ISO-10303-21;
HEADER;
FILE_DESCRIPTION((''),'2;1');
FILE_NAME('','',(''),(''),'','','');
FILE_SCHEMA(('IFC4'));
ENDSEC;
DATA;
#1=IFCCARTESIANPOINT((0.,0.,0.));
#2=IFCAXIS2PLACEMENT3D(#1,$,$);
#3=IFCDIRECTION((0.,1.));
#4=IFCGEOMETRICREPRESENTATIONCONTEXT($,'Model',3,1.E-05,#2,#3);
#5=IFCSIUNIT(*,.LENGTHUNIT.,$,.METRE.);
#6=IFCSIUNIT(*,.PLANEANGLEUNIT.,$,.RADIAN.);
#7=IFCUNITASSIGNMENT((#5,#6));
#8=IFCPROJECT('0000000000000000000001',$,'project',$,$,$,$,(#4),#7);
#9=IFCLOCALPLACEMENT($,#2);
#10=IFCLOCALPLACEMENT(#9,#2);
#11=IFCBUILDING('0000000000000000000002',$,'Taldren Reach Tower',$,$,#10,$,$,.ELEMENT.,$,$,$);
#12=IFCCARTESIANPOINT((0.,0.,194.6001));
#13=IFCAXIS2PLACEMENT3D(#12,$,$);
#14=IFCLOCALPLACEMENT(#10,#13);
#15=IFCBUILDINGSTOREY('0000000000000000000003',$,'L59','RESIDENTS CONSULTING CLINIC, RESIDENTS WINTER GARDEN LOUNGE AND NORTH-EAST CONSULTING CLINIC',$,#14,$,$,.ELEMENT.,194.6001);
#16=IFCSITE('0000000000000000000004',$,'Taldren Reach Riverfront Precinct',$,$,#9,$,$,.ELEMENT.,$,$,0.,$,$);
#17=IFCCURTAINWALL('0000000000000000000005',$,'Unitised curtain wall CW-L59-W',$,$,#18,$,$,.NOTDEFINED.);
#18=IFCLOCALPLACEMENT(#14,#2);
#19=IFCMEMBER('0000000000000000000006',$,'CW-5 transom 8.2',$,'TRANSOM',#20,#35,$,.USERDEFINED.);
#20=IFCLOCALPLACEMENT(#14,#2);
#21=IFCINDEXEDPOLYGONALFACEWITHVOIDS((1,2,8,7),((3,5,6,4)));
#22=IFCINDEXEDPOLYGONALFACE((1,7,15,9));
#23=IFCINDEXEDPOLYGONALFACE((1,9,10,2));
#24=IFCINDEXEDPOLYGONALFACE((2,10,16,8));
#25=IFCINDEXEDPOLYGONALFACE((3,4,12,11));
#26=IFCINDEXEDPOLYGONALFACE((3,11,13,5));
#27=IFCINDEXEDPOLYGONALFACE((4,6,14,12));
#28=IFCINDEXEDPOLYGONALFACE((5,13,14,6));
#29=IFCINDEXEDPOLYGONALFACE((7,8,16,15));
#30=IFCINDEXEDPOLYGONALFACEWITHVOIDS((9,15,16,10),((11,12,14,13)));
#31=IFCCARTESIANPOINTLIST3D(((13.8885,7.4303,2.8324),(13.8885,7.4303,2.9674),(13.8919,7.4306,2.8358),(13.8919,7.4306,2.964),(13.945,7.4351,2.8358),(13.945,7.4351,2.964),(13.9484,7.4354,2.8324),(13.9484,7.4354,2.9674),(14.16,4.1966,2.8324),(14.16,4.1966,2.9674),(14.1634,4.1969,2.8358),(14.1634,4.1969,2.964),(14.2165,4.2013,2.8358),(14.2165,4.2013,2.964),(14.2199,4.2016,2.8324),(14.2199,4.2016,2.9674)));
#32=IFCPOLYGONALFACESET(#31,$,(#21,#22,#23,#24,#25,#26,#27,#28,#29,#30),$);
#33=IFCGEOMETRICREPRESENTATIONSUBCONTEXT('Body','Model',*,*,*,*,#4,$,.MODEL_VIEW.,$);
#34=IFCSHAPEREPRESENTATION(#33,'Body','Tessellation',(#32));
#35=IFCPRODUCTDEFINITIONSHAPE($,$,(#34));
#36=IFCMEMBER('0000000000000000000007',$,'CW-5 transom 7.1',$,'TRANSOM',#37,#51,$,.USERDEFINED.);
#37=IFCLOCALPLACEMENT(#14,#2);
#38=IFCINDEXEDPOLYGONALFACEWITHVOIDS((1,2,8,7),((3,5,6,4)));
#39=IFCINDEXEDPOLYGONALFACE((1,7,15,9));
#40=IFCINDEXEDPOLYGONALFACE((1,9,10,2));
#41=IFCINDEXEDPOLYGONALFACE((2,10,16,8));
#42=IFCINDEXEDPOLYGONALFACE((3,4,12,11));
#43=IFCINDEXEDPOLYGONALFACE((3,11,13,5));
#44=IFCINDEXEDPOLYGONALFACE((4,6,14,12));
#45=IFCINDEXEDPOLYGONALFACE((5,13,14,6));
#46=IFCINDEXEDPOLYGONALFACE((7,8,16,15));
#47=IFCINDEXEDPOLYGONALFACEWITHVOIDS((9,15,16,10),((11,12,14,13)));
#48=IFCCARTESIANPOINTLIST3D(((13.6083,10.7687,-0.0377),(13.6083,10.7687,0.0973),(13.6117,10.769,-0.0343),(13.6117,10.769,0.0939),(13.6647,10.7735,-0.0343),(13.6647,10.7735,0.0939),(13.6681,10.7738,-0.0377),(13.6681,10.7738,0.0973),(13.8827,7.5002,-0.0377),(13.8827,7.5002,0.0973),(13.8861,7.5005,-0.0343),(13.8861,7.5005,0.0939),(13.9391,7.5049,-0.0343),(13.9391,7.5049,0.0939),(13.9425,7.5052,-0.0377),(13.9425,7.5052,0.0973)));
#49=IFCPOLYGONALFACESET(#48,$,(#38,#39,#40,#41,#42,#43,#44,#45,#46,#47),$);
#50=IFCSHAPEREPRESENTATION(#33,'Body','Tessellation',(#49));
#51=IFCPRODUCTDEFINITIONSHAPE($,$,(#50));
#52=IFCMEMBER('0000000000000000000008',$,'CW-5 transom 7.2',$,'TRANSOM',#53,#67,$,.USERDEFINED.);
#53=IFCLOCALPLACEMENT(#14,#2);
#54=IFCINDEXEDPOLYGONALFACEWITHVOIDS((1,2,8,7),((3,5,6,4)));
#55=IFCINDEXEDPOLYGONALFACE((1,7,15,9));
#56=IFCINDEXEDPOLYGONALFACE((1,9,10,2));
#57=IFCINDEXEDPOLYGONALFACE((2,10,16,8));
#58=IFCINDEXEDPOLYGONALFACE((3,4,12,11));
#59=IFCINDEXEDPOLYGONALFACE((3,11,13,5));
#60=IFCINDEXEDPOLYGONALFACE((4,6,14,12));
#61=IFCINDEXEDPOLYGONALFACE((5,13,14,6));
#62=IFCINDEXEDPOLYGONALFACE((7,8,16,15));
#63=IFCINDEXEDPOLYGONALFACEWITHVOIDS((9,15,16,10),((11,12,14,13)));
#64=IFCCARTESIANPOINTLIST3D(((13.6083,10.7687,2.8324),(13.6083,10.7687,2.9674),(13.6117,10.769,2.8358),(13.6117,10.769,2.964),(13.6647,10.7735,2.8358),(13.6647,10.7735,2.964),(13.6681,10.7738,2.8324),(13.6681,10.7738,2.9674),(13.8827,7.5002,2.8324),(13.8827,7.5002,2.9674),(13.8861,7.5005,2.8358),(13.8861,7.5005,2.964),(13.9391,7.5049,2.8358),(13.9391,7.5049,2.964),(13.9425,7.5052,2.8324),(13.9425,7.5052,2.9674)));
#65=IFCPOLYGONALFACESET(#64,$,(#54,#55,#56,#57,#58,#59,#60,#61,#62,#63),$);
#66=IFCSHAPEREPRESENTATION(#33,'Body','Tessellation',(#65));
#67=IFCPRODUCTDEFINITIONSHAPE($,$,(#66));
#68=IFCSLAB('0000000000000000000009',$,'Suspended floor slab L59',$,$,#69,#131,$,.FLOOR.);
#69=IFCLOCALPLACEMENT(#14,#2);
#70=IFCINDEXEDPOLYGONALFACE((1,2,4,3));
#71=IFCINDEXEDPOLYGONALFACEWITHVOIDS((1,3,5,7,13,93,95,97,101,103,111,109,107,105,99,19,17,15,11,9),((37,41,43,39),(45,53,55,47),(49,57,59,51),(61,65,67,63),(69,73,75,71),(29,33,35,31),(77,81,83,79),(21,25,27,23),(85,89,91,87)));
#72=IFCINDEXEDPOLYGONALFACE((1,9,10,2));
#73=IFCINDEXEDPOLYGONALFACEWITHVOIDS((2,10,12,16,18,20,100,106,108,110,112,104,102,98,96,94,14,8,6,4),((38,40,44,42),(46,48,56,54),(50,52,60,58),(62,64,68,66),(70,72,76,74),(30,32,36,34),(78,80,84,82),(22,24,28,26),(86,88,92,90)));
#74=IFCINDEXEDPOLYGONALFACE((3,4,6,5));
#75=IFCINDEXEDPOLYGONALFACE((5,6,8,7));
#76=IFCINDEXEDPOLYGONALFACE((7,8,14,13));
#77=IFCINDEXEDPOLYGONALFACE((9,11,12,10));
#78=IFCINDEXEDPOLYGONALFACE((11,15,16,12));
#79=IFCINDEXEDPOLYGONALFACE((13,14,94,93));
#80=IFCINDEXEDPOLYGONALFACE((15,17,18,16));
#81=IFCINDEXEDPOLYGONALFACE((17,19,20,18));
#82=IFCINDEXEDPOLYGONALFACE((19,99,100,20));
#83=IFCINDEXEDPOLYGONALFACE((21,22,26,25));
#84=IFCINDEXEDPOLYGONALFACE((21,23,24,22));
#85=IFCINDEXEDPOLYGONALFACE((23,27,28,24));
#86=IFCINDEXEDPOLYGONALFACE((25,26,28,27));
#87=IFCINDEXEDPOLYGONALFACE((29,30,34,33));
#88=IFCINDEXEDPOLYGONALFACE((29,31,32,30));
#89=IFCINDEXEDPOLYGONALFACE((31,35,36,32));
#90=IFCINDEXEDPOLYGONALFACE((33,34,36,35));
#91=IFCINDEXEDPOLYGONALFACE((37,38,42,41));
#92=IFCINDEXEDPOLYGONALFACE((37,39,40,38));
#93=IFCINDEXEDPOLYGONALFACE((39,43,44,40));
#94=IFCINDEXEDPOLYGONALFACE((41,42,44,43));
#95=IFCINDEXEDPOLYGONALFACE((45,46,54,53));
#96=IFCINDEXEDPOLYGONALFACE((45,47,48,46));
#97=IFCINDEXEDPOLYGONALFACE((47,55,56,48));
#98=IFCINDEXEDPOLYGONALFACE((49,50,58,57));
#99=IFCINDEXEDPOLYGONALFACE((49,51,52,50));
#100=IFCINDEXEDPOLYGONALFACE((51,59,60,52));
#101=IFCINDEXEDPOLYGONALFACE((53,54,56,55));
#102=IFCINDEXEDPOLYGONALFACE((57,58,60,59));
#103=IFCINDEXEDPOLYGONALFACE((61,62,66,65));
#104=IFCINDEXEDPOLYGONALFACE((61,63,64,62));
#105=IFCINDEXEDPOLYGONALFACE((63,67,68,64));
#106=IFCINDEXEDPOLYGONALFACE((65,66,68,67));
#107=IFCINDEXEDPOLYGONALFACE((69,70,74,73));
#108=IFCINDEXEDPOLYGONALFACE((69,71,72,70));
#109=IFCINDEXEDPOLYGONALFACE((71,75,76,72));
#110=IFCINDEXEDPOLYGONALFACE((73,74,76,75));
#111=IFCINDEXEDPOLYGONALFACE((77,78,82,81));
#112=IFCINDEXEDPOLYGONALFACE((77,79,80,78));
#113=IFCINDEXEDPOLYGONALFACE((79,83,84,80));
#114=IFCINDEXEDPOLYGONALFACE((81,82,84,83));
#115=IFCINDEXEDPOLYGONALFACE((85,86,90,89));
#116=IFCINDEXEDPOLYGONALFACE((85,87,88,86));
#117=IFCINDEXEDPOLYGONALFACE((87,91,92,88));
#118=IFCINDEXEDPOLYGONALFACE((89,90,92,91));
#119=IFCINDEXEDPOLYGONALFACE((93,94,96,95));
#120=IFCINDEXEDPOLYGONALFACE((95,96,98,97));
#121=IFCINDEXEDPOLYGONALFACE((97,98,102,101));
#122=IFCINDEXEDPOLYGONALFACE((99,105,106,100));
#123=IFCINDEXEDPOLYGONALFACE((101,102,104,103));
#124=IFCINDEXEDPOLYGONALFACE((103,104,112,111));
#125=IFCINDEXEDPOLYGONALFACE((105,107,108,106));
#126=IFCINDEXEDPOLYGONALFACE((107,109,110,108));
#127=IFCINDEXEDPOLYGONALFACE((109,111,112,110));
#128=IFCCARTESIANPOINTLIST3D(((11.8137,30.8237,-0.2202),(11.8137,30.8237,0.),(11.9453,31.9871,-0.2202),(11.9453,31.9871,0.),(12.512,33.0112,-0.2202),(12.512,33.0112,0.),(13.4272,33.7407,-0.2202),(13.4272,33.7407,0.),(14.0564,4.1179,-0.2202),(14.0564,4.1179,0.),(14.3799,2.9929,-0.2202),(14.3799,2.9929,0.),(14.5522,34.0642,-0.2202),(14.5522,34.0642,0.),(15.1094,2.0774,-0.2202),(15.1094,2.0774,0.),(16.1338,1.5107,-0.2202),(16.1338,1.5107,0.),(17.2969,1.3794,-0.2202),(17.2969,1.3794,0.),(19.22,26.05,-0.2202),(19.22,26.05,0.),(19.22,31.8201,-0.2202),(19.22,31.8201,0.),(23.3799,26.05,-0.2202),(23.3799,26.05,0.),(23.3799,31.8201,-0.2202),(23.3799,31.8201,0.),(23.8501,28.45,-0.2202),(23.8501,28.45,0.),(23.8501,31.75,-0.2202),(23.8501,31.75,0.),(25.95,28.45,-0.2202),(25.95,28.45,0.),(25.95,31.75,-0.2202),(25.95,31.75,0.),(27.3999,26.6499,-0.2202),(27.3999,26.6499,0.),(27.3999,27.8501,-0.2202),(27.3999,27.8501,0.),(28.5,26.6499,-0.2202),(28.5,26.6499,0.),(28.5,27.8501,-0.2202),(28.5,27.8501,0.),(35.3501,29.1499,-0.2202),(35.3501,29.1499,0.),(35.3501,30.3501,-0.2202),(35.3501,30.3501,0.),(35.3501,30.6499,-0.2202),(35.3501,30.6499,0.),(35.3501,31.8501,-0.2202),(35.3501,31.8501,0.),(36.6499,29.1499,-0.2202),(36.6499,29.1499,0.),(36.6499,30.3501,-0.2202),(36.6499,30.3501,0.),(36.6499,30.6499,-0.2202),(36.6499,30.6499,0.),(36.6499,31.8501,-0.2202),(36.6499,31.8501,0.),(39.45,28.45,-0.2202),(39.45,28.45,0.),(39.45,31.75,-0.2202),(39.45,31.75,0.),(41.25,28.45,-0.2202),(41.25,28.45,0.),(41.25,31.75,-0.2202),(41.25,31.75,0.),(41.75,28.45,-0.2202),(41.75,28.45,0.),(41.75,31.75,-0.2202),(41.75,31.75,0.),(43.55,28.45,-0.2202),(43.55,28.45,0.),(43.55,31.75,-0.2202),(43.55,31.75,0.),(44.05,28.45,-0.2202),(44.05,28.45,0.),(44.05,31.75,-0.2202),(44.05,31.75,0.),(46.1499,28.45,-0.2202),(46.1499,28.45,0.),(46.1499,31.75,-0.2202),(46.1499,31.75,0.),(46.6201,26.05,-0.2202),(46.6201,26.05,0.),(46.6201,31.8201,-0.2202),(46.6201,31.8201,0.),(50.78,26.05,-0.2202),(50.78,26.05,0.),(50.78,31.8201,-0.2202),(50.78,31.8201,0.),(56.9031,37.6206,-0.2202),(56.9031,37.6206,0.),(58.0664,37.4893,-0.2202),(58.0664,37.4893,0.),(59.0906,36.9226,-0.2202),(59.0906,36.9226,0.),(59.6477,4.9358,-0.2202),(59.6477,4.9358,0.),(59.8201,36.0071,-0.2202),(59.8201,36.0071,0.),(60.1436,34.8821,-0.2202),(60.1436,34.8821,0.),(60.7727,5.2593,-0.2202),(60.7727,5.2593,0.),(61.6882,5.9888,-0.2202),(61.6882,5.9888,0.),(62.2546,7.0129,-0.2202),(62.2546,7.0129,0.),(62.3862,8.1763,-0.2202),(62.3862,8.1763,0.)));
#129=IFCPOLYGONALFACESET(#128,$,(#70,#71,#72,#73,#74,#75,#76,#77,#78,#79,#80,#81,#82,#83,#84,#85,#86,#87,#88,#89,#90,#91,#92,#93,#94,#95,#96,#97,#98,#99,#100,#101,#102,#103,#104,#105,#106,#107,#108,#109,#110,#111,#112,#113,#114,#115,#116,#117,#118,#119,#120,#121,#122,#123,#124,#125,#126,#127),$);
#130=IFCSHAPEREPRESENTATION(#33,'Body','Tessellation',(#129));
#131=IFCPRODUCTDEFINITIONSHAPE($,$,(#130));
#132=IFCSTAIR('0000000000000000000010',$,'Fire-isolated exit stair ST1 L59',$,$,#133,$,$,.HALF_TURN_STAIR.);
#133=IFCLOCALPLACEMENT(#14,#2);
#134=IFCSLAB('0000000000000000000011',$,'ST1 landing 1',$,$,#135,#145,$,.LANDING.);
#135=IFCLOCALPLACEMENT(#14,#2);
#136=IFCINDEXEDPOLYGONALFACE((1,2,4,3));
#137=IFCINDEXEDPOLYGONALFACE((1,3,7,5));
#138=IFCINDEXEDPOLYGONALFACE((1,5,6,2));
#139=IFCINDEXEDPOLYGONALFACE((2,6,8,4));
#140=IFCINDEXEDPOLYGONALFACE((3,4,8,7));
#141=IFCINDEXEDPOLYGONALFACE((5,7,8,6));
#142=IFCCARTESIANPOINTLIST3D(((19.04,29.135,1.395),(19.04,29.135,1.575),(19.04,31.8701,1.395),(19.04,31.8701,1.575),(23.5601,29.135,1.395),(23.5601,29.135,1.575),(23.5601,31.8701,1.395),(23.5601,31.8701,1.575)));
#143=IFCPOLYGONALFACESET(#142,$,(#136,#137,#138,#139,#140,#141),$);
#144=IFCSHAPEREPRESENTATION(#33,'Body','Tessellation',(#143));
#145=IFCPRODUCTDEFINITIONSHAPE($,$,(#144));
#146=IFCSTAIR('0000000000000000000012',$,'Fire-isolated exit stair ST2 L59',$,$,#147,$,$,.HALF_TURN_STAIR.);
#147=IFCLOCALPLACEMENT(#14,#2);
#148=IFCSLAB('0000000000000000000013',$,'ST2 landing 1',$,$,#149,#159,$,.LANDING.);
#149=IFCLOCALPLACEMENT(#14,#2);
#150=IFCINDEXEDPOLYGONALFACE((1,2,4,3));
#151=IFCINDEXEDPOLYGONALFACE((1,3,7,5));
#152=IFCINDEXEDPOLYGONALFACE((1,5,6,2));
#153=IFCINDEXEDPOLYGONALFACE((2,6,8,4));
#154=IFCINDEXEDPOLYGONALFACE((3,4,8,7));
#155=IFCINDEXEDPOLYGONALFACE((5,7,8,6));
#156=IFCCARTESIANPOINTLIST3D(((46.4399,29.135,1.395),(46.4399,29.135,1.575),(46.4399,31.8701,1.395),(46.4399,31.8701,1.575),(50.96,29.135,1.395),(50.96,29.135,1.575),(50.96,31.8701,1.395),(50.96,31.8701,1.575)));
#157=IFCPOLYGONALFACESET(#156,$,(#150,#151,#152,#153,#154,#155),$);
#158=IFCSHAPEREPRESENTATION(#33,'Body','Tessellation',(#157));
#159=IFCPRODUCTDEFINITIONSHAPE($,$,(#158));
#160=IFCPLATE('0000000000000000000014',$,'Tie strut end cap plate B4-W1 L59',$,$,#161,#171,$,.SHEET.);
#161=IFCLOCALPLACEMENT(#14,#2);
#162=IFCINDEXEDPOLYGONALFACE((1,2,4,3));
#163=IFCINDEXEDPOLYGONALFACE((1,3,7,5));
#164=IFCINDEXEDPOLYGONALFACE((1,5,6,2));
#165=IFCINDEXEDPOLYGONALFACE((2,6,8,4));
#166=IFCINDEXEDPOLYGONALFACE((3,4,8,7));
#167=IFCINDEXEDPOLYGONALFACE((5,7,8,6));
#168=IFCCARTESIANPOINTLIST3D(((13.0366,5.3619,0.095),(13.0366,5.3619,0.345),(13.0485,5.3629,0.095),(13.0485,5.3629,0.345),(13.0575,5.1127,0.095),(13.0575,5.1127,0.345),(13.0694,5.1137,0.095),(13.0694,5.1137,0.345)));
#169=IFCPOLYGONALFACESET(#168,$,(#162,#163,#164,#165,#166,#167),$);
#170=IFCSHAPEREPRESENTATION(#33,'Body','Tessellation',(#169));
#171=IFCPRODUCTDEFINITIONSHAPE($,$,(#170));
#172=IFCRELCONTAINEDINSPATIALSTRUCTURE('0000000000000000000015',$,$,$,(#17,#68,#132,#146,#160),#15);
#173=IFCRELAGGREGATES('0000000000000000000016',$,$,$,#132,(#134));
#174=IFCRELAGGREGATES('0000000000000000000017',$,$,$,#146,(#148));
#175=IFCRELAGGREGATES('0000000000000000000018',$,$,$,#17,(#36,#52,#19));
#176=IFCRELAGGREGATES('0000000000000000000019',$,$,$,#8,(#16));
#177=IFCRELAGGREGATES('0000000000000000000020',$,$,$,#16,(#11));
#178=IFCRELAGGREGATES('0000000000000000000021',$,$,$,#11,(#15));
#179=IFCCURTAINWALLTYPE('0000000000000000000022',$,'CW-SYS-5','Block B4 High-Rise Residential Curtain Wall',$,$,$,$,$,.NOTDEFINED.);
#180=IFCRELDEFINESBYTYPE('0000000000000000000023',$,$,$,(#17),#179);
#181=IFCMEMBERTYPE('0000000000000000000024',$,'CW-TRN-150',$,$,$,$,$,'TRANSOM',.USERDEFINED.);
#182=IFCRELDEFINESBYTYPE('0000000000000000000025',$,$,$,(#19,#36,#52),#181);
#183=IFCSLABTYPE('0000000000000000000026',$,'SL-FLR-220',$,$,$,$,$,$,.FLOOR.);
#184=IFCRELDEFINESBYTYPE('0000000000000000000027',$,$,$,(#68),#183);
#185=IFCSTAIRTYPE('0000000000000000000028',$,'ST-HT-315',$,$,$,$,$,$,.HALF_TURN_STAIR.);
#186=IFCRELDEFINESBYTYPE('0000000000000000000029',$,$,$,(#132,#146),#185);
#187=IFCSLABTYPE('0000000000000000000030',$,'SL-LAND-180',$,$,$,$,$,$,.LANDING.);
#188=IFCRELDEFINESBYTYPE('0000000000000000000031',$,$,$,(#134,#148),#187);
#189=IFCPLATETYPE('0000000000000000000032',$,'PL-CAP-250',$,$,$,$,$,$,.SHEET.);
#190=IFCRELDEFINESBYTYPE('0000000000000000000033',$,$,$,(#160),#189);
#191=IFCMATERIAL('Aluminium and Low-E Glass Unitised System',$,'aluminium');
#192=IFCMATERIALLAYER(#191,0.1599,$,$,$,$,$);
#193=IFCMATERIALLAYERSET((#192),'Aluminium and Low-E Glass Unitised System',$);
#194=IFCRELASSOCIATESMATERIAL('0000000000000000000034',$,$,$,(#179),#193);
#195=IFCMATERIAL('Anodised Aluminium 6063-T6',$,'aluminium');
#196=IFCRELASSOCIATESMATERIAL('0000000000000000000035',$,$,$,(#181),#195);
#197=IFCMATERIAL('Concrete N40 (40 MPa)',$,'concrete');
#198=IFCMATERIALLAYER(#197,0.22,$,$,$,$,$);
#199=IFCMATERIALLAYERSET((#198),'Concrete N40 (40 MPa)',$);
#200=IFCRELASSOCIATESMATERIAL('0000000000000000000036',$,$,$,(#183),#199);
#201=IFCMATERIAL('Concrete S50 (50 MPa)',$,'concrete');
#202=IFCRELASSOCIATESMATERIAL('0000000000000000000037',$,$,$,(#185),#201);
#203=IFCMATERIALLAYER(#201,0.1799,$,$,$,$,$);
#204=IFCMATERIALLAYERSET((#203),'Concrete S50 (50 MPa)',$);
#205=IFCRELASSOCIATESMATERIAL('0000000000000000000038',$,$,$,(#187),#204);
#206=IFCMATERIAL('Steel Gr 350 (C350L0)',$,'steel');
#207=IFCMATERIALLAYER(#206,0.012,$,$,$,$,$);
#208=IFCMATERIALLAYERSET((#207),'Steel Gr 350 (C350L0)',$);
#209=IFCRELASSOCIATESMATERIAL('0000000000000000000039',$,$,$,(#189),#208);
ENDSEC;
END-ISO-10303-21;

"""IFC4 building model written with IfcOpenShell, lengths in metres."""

from ifc_helpers import new_model, si_unit, direction, frame, origin, origin_2d, place, context, subcontext, project, spatial, polyline, rectangle, hollow_rectangle, outline, extrude, source, transform, mapped, material, layer, layer_set, material_profile, profile_set, type_object, element, aggregate, save


model = new_model("IFC4")

# Units and contexts
model_context = context("Model", 3, precision=1e-05, world=origin(), true_north=direction((0.0, 1.0)))
body_context = subcontext(model_context, "Body", "Model", "MODEL_VIEW")
ifc_project = project(units=[si_unit("LENGTHUNIT", "METRE"), si_unit("PLANEANGLEUNIT", "RADIAN")], contexts=[model_context])

# Site, building, storey
site_placement = place(None, origin())
site = spatial("IfcSite", under=ifc_project, at=site_placement, Name="Taldren Reach Riverfront Precinct", CompositionType="ELEMENT", RefElevation=0.0)
building_placement = place(site_placement, origin())
building = spatial("IfcBuilding", under=site, at=building_placement, Name="Taldren Reach Tower", CompositionType="ELEMENT")
storey_placement = place(building_placement, frame((0.0, 0.0, 194.6001)))
storey = spatial("IfcBuildingStorey", under=building, at=storey_placement, Name="L59", Description="RESIDENTS CONSULTING CLINIC, RESIDENTS WINTER GARDEN LOUNGE AND NORTH-EAST CONSULTING CLINIC", CompositionType="ELEMENT", Elevation=194.6001)

# Shared definitions
ifc_material_1 = material(Name="Steel Gr 350 (C350L0)", Category="steel")

# Shared definitions
ifc_material_2 = material(Name="Aluminium and Low-E Glass Unitised System", Category="aluminium")
ifc_layer_1 = layer(ifc_material_2, 0.1599)
ifc_layer_set_1 = layer_set([ifc_layer_1], Name="Aluminium and Low-E Glass Unitised System")
curtain_wall_type = type_object("IfcCurtainWallType", Name="CW-SYS-5", Description="Block B4 High-Rise Residential Curtain Wall", PredefinedType="NOTDEFINED", material=ifc_layer_set_1)
ifc_material_3 = material(Name="Anodised Aluminium 6063-T6", Category="aluminium")

# Curtain wall
curtain_wall_1_placement = place(storey_placement, origin())
curtain_wall_1 = element("IfcCurtainWall", 1, at=curtain_wall_1_placement, inside=storey, type_object=curtain_wall_type, Name="Unitised curtain wall CW-L59-W", PredefinedType="NOTDEFINED")

# Members
ifc_material_profile_1 = material_profile(ifc_material_3, hollow_rectangle(XDim=0.0601, YDim=0.135, WallThickness=0.0034, at=origin_2d()), Name="ALU-135x60x3.5RHS")
ifc_profile_set_1 = profile_set([ifc_material_profile_1], Name="Anodised Aluminium 6063-T6")
member_type_1 = type_object("IfcMemberType", Name="CW-TRN-150", ElementType="TRANSOM", PredefinedType="USERDEFINED", material=ifc_profile_set_1)
shared_shape_1 = source(origin(), body_context, "Body", "SweptSolid", [
    extrude(hollow_rectangle(XDim=0.0601, YDim=0.135, WallThickness=0.0034, at=origin_2d()), origin(), (0.0, 0.0, 1.0), 3.2451),
])
member_1_placement = place(storey_placement, frame((13.9185, 7.4329, 2.8999), z_axis=(0.083662, -0.996494, 0.0), x_axis=(0.996494, 0.083662, 0.0)))
member_1 = element("IfcMember", 2, at=member_1_placement, type_object=member_type_1, Name="CW-5 transom 8.2", ObjectType="TRANSOM", PredefinedType="USERDEFINED", context=body_context, shape_type="MappedRepresentation", body=[
    mapped(shared_shape_1, transform((0.0, 0.0, 0.0), scale=1.0)),
])
shared_shape_2 = source(origin(), body_context, "Body", "SweptSolid", [
    extrude(hollow_rectangle(XDim=0.0601, YDim=0.135, WallThickness=0.0034, at=origin_2d()), origin(), (0.0, 0.0, 1.0), 3.28),
])
member_2_placement = place(storey_placement, frame((13.6382, 10.7712, 0.0298), z_axis=(0.083661, -0.996494, 0.0), x_axis=(0.996494, 0.083661, 0.0)))
member_2 = element("IfcMember", 3, at=member_2_placement, type_object=member_type_1, Name="CW-5 transom 7.1", ObjectType="TRANSOM", PredefinedType="USERDEFINED", context=body_context, shape_type="MappedRepresentation", body=[
    mapped(shared_shape_2, transform((0.0, 0.0, 0.0), scale=1.0)),
])
member_3_placement = place(storey_placement, frame((13.6382, 10.7712, 2.8999), z_axis=(0.083661, -0.996494, 0.0), x_axis=(0.996494, 0.083661, 0.0)))
member_3 = element("IfcMember", 4, at=member_3_placement, type_object=member_type_1, Name="CW-5 transom 7.2", ObjectType="TRANSOM", PredefinedType="USERDEFINED", context=body_context, shape_type="MappedRepresentation", body=[
    mapped(shared_shape_2, transform((0.0, 0.0, 0.0), scale=1.0)),
])

# Slab
ifc_material_4 = material(Name="Concrete N40 (40 MPa)", Category="concrete")
ifc_layer_2 = layer(ifc_material_4, 0.22)
ifc_layer_set_2 = layer_set([ifc_layer_2], Name="Concrete N40 (40 MPa)")
slab_type_1 = type_object("IfcSlabType", Name="SL-FLR-220", PredefinedType="FLOOR", material=ifc_layer_set_2)
slab_1_placement = place(storey_placement, frame((0.0, 0.0, -0.2202)))
element("IfcSlab", 5, at=slab_1_placement, inside=storey, type_object=slab_type_1, Name="Suspended floor slab L59", PredefinedType="FLOOR", context=body_context, shape_type="SweptSolid", body=[
    extrude(outline(polyline([(59.6477, 4.9358), (60.7727, 5.2593), (61.6882, 5.9888), (62.2546, 7.0129), (62.3862, 8.1763), (60.1436, 34.8821), (59.8201, 36.0071), (59.0906, 36.9226), (58.0664, 37.4893), (56.9031, 37.6206), (14.5522, 34.0642), (13.4272, 33.7407), (12.512, 33.0112), (11.9453, 31.9871), (11.8137, 30.8237), (14.0564, 4.1179), (14.3799, 2.9929), (15.1094, 2.0774), (16.1338, 1.5107), (17.2969, 1.3794), (59.6477, 4.9358)]), holes=[polyline([(19.22, 26.05), (23.3799, 26.05), (23.3799, 31.8201), (19.22, 31.8201), (19.22, 26.05)]), polyline([(46.6201, 26.05), (50.78, 26.05), (50.78, 31.8201), (46.6201, 31.8201), (46.6201, 26.05)]), polyline([(23.8501, 28.45), (25.95, 28.45), (25.95, 31.75), (23.8501, 31.75), (23.8501, 28.45)]), polyline([(44.05, 28.45), (46.1499, 28.45), (46.1499, 31.75), (44.05, 31.75), (44.05, 28.45)]), polyline([(39.45, 28.45), (41.25, 28.45), (41.25, 31.75), (39.45, 31.75), (39.45, 28.45)]), polyline([(41.75, 28.45), (43.55, 28.45), (43.55, 31.75), (41.75, 31.75), (41.75, 28.45)]), polyline([(35.3501, 30.6499), (36.6499, 30.6499), (36.6499, 31.8501), (35.3501, 31.8501), (35.3501, 30.6499)]), polyline([(35.3501, 29.1499), (36.6499, 29.1499), (36.6499, 30.3501), (35.3501, 30.3501), (35.3501, 29.1499)]), polyline([(27.3999, 26.6499), (28.5, 26.6499), (28.5, 27.8501), (27.3999, 27.8501), (27.3999, 26.6499)])]), origin(), (0.0, 0.0, 1.0), 0.2202),
])

# Stairs, slabs
ifc_material_5 = material(Name="Concrete S50 (50 MPa)", Category="concrete")
stair_type = type_object("IfcStairType", Name="ST-HT-315", PredefinedType="HALF_TURN_STAIR", material=ifc_material_5)
stair_1_placement = place(storey_placement, origin())
stair_1 = element("IfcStair", 6, at=stair_1_placement, inside=storey, type_object=stair_type, Name="Fire-isolated exit stair ST1 L59", PredefinedType="HALF_TURN_STAIR")
ifc_layer_3 = layer(ifc_material_5, 0.1799)
ifc_layer_set_3 = layer_set([ifc_layer_3], Name="Concrete S50 (50 MPa)")
slab_type_2 = type_object("IfcSlabType", Name="SL-LAND-180", PredefinedType="LANDING", material=ifc_layer_set_3)
slab_2_placement = place(storey_placement, frame((0.0, 0.0, 1.395)))
slab_2 = element("IfcSlab", 7, at=slab_2_placement, type_object=slab_type_2, Name="ST1 landing 1", PredefinedType="LANDING", context=body_context, shape_type="SweptSolid", body=[
    extrude(outline(polyline([(19.04, 29.135), (23.5601, 29.135), (23.5601, 31.8701), (19.04, 31.8701), (19.04, 29.135)])), origin(), (0.0, 0.0, 1.0), 0.1799),
])
aggregate(stair_1, [slab_2])
stair_2_placement = place(storey_placement, origin())
stair_2 = element("IfcStair", 8, at=stair_2_placement, inside=storey, type_object=stair_type, Name="Fire-isolated exit stair ST2 L59", PredefinedType="HALF_TURN_STAIR")
slab_3_placement = place(storey_placement, frame((0.0, 0.0, 1.395)))
slab_3 = element("IfcSlab", 9, at=slab_3_placement, type_object=slab_type_2, Name="ST2 landing 1", PredefinedType="LANDING", context=body_context, shape_type="SweptSolid", body=[
    extrude(outline(polyline([(46.4399, 29.135), (50.96, 29.135), (50.96, 31.8701), (46.4399, 31.8701), (46.4399, 29.135)])), origin(), (0.0, 0.0, 1.0), 0.1799),
])
aggregate(stair_2, [slab_3])

# Plate
ifc_layer_4 = layer(ifc_material_1, 0.012)
ifc_layer_set_4 = layer_set([ifc_layer_4], Name="Steel Gr 350 (C350L0)")
plate_type_1 = type_object("IfcPlateType", Name="PL-CAP-250", PredefinedType="SHEET", material=ifc_layer_set_4)
shared_shape_3 = source(origin(), body_context, "Body", "SweptSolid", [
    extrude(rectangle(XDim=0.012, YDim=0.25, at=origin_2d()), origin(), (0.0, 0.0, 1.0), 0.25),
])
plate_1_placement = place(storey_placement, frame((13.053, 5.2378, 0.095), z_axis=(0.0, 0.0, 1.0), x_axis=(0.996493, 0.083678, 0.0)))
element("IfcPlate", 10, at=plate_1_placement, inside=storey, type_object=plate_type_1, Name="Tie strut end cap plate B4-W1 L59", PredefinedType="SHEET", context=body_context, shape_type="MappedRepresentation", body=[
    mapped(shared_shape_3, transform((0.0, 0.0, 0.0), scale=1.0)),
])
aggregate(curtain_wall_1, [member_2, member_3, member_1])

save(model, "model.ifc")
